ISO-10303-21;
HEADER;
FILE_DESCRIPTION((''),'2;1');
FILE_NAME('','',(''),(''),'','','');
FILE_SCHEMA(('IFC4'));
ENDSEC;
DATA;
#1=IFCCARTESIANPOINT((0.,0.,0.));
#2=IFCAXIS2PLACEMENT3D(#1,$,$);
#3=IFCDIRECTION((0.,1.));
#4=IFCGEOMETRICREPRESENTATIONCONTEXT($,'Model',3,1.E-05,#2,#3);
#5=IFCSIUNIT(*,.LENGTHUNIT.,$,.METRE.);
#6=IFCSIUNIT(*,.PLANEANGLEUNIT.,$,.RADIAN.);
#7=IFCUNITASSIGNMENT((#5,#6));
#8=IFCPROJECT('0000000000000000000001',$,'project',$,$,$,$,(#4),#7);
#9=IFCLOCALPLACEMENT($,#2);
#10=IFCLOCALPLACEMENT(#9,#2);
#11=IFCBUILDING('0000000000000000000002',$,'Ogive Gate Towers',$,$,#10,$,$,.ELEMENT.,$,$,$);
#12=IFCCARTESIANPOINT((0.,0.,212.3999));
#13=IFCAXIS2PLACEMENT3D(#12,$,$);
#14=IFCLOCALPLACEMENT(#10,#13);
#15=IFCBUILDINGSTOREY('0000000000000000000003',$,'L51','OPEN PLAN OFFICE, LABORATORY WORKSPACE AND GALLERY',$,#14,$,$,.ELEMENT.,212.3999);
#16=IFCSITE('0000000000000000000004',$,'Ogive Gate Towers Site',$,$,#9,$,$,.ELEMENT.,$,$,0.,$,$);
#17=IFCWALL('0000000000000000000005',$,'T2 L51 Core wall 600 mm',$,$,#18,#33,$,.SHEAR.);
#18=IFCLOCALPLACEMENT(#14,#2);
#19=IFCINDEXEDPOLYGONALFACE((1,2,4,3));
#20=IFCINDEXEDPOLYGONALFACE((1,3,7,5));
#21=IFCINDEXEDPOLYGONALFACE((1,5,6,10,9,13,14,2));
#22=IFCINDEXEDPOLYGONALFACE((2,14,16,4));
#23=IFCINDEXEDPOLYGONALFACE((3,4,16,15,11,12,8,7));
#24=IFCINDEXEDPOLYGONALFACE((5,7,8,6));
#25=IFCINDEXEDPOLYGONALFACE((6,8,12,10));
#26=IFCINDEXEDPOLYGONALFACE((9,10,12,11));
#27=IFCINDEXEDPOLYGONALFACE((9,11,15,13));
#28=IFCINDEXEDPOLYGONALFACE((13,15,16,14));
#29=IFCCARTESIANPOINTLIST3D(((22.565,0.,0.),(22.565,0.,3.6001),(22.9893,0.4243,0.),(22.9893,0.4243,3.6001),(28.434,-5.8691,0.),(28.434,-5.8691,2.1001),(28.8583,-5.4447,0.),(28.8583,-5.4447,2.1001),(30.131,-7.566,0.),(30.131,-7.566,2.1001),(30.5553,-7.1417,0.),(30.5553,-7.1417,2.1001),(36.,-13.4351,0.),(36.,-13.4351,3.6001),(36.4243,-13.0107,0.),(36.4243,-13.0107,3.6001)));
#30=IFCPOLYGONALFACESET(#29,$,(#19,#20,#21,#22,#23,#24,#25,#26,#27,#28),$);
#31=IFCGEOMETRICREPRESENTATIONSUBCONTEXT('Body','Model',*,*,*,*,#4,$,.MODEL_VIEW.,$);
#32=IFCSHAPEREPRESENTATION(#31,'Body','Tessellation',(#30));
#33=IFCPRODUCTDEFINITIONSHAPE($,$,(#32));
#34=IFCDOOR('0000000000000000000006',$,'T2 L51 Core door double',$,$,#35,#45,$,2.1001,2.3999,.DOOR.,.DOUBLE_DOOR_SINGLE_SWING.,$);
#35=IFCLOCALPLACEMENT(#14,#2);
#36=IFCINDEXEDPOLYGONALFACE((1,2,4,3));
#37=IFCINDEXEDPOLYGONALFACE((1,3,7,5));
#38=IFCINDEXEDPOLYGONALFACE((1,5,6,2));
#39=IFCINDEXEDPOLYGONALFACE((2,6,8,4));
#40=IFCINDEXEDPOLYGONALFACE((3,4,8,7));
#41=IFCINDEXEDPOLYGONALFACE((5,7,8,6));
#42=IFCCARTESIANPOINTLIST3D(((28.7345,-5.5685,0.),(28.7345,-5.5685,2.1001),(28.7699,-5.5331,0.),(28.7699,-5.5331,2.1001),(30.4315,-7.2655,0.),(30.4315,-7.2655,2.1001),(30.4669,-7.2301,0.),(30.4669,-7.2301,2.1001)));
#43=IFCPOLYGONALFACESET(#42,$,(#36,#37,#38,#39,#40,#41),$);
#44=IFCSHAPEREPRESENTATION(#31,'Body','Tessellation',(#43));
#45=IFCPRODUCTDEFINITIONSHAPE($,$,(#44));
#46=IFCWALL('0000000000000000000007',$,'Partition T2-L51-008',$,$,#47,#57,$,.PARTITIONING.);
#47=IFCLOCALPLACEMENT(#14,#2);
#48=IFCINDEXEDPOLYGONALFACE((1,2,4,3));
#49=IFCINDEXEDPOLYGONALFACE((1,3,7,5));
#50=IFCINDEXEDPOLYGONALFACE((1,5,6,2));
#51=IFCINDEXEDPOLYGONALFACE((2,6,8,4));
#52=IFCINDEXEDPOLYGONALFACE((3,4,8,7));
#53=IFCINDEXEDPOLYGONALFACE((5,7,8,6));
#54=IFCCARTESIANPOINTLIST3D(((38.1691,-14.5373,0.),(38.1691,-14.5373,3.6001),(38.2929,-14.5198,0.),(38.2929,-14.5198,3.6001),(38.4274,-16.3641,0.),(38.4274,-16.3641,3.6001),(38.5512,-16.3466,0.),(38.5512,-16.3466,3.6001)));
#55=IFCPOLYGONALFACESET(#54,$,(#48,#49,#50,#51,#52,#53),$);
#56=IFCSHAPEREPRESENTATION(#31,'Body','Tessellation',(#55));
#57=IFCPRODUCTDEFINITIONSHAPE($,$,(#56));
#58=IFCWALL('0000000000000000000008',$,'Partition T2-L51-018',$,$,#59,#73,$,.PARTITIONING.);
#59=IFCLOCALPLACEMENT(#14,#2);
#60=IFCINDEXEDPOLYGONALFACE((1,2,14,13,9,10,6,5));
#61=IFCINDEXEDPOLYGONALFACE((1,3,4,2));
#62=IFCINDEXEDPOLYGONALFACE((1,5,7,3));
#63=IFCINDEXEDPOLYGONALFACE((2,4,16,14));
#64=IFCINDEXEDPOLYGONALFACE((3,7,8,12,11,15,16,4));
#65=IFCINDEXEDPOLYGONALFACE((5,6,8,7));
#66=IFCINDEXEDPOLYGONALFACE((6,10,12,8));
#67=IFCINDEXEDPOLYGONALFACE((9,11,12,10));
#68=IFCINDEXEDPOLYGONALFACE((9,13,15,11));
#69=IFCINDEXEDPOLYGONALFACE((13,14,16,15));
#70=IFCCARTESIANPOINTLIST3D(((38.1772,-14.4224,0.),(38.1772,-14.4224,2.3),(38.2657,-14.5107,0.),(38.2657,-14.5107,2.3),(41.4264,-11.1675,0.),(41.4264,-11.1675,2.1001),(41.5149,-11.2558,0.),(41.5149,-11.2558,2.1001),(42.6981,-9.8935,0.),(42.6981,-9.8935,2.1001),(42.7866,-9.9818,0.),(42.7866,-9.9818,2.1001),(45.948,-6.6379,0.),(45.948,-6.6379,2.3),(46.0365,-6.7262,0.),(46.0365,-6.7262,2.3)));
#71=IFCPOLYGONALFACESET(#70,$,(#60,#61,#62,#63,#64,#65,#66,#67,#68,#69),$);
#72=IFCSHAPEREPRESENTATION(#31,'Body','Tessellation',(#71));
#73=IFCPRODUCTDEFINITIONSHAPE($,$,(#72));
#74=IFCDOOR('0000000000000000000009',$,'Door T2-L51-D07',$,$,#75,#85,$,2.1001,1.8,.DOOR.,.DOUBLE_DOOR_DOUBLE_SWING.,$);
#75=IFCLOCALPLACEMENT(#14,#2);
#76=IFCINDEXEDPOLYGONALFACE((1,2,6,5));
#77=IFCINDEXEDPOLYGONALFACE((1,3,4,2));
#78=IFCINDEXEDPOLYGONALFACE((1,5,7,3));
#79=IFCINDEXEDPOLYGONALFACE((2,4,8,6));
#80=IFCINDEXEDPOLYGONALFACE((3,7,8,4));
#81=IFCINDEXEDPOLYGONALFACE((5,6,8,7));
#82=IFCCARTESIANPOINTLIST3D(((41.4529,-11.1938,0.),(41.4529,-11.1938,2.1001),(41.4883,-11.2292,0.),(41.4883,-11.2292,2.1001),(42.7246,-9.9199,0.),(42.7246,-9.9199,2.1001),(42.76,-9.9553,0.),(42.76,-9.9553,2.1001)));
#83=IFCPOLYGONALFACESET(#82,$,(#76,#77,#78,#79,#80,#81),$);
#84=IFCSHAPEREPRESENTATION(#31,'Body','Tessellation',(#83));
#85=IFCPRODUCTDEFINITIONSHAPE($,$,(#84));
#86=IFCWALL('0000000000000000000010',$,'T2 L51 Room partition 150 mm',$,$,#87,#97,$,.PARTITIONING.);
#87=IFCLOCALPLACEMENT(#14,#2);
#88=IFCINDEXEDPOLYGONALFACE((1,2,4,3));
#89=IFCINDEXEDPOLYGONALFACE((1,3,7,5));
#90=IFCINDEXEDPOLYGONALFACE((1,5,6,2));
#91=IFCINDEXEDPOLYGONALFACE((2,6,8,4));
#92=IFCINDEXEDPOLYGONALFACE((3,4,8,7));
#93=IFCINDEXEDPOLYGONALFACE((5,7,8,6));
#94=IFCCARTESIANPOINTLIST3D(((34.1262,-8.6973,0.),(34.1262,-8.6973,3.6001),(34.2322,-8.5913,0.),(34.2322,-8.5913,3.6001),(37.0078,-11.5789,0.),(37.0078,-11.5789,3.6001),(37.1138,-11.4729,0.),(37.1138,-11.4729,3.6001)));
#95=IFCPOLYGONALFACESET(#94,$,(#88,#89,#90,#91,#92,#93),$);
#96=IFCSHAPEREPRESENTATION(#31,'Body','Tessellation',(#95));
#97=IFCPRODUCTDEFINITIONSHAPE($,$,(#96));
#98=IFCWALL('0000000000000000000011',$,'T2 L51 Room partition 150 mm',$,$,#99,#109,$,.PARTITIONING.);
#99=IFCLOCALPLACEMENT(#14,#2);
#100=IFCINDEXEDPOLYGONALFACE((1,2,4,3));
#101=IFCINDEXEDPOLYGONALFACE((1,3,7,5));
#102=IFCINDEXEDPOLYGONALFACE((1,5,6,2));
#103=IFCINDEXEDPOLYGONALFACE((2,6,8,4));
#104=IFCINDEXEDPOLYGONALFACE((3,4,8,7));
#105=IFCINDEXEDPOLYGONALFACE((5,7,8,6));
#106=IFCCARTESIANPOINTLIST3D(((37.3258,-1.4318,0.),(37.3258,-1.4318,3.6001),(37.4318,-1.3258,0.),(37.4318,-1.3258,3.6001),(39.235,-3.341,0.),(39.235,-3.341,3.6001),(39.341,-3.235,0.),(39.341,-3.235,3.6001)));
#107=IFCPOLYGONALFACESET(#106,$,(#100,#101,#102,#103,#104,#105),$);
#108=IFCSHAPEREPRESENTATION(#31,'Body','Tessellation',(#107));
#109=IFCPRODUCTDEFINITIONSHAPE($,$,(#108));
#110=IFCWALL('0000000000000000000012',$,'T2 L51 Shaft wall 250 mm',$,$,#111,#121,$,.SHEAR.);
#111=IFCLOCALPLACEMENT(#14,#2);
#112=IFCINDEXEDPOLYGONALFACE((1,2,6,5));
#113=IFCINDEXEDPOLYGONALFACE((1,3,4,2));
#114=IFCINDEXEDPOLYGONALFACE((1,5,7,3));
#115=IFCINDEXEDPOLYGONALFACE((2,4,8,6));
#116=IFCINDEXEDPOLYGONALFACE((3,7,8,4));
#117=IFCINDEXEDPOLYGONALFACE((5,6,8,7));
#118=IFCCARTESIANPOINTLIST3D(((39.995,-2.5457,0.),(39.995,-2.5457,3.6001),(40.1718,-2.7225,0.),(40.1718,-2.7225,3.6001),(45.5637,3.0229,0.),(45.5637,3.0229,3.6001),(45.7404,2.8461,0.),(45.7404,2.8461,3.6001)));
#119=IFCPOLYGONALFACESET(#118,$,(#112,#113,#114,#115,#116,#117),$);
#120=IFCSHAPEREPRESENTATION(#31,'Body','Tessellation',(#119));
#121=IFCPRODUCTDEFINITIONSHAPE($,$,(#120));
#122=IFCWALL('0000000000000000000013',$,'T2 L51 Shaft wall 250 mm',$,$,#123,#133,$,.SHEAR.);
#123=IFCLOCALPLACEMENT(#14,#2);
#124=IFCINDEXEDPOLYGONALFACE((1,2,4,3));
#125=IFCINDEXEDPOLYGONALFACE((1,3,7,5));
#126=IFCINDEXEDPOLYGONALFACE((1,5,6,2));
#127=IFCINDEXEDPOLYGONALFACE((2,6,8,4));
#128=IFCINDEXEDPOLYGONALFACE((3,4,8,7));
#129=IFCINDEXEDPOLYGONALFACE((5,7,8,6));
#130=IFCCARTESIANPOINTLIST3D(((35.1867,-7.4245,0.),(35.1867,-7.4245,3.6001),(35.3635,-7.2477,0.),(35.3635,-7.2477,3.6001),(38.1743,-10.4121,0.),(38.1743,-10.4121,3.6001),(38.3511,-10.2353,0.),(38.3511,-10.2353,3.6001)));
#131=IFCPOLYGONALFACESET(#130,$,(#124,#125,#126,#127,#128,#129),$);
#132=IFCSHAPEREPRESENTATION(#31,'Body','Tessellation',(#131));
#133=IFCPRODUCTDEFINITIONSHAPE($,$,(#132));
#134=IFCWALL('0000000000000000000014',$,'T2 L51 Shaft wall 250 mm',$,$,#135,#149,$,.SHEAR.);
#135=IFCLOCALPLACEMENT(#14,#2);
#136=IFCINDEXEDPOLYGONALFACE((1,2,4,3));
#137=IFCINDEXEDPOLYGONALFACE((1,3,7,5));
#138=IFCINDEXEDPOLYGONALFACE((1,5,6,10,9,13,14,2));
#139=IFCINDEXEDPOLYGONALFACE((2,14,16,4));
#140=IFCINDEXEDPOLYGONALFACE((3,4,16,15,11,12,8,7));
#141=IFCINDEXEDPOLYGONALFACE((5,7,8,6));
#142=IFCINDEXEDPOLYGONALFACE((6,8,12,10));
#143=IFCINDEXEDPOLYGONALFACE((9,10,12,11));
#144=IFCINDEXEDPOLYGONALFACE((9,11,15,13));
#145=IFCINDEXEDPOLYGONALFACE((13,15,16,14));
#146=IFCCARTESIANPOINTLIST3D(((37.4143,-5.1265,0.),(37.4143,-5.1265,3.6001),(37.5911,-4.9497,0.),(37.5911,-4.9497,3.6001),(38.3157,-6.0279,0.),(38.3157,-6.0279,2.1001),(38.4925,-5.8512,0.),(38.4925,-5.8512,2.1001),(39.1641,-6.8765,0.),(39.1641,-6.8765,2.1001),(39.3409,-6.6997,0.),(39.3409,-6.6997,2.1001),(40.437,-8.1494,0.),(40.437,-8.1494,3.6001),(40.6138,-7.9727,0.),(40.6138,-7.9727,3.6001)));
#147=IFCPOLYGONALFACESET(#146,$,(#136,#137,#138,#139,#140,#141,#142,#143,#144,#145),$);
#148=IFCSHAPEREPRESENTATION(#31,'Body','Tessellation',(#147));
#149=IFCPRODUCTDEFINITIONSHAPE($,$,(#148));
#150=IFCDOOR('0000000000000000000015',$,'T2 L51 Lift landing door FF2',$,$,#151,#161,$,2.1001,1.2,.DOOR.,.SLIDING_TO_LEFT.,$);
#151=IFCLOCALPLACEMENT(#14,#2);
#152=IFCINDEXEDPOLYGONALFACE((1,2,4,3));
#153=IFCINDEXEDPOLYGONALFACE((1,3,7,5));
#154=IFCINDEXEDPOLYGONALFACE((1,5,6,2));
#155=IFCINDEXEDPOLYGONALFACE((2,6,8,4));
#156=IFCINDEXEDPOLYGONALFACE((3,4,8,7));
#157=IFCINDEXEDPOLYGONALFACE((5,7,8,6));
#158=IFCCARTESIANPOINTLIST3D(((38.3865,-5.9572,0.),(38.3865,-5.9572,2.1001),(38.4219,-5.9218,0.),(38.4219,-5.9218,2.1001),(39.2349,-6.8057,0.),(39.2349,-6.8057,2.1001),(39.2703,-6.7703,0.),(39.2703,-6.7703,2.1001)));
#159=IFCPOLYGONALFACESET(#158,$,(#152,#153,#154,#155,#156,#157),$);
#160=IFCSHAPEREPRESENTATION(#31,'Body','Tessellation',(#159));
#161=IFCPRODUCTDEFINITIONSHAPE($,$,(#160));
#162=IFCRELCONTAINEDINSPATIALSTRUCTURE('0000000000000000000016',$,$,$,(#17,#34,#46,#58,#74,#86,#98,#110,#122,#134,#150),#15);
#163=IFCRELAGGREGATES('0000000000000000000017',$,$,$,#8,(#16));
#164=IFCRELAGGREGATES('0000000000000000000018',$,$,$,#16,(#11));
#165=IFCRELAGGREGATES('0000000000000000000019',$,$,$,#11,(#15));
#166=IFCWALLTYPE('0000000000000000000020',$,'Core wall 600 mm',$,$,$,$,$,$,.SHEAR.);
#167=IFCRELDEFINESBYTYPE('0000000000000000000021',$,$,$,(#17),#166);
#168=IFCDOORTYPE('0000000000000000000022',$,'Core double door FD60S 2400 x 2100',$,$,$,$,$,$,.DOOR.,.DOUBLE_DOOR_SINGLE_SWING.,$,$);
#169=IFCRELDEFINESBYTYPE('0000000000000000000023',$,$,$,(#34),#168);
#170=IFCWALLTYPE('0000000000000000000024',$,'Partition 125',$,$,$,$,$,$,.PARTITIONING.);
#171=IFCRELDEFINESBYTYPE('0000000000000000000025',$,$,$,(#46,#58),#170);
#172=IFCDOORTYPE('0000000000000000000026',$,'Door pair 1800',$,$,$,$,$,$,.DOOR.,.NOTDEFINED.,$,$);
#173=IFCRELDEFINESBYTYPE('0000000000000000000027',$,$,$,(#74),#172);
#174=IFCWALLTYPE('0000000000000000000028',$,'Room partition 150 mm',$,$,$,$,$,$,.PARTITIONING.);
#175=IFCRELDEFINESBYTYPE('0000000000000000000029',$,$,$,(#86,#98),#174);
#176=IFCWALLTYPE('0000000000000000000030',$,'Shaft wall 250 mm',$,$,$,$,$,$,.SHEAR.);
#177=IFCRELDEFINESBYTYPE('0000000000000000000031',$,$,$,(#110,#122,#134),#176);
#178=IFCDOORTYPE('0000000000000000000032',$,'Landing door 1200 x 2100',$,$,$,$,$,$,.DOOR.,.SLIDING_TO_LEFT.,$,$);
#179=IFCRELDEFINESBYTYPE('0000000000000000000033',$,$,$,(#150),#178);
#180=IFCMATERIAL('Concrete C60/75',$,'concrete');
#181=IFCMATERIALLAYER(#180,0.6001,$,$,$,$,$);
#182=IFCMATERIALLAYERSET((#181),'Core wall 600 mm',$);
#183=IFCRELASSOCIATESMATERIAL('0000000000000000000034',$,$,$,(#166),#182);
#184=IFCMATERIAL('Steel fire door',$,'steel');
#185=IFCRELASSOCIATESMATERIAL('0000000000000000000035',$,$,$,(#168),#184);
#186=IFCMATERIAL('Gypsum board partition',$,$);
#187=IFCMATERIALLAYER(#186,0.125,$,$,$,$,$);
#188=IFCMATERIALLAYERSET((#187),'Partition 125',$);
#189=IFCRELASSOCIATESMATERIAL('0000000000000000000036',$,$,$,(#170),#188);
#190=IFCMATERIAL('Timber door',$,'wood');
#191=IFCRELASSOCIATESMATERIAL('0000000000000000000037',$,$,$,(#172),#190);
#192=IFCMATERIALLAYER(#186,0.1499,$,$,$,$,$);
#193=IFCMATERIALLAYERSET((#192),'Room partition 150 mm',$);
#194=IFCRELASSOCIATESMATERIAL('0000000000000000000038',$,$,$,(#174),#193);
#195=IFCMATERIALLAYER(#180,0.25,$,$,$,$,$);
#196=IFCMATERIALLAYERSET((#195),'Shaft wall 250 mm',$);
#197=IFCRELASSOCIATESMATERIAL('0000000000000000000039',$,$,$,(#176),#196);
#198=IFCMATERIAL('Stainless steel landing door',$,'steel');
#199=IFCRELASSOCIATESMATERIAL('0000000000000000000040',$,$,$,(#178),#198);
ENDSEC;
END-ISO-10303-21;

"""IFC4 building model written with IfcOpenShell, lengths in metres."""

from ifc_helpers import new_model, si_unit, direction, frame, frame_2d, origin, place, context, subcontext, project, spatial, rectangle, extrude, material, layer, layer_set, type_object, element, fill, save


model = new_model("IFC4")

# Units and contexts
model_context = context("Model", 3, precision=1e-05, world=origin(), true_north=direction((0.0, 1.0)))
body_context = subcontext(model_context, "Body", "Model", "MODEL_VIEW")
ifc_project = project(units=[si_unit("LENGTHUNIT", "METRE"), si_unit("PLANEANGLEUNIT", "RADIAN")], contexts=[model_context])

# Site, building, storey
site_placement = place(None, origin())
site = spatial("IfcSite", under=ifc_project, at=site_placement, Name="Ogive Gate Towers Site", CompositionType="ELEMENT", RefElevation=0.0)
building_placement = place(site_placement, origin())
building = spatial("IfcBuilding", under=site, at=building_placement, Name="Ogive Gate Towers", CompositionType="ELEMENT")
storey_placement = place(building_placement, frame((0.0, 0.0, 212.3999)))
storey = spatial("IfcBuildingStorey", under=building, at=storey_placement, Name="L51", Description="OPEN PLAN OFFICE, LABORATORY WORKSPACE AND GALLERY", CompositionType="ELEMENT", Elevation=212.3999)

# Shared definitions
ifc_material_1 = material(Name="Concrete C60/75", Category="concrete")
ifc_layer_1 = layer(ifc_material_1, 0.6001)
ifc_layer_set_1 = layer_set([ifc_layer_1], Name="Core wall 600 mm")
wall_type_1 = type_object("IfcWallType", Name="Core wall 600 mm", PredefinedType="SHEAR", material=ifc_layer_set_1)
ifc_material_2 = material(Name="Timber door", Category="wood")
ifc_material_3 = material(Name="Steel fire door", Category="steel")

# Wall, opening, door
wall_1_placement = place(storey_placement, frame((36.2122, -13.2229, 0.0), z_axis=(0.0, 0.0, 1.0), x_axis=(-0.707107, 0.707107, 0.0)))
wall_1 = element("IfcWall", 1, at=wall_1_placement, inside=storey, type_object=wall_type_1, Name="T2 L51 Core wall 600 mm", PredefinedType="SHEAR", context=body_context, shape_type="SweptSolid", body=[
    extrude(rectangle(XDim=19.0, YDim=0.6001, at=frame_2d((9.5, 0.0))), origin(), (0.0, 0.0, 1.0), 3.6001),
])
opening_1_placement = place(wall_1_placement, frame((8.3, 0.0, 0.0)))
opening_1 = element("IfcOpeningElement", 2, at=opening_1_placement, cuts=wall_1, PredefinedType="OPENING", context=body_context, shape_type="SweptSolid", body=[
    extrude(rectangle(XDim=2.3999, YDim=2.1001, at=frame_2d((1.2, 1.05))), frame((0.0, 0.3101, 0.0), z_axis=(0.0, -1.0, 0.0), x_axis=(1.0, 0.0, 0.0)), (0.0, 0.0, 1.0), 0.6201),
])
door_type_1 = type_object("IfcDoorType", Name="Core double door FD60S 2400 x 2100", OperationType="DOUBLE_DOOR_SINGLE_SWING", PredefinedType="DOOR", material=ifc_material_3)
door_1_placement = place(opening_1_placement, origin())
door_1 = element("IfcDoor", 3, at=door_1_placement, inside=storey, type_object=door_type_1, Name="T2 L51 Core door double", OperationType="DOUBLE_DOOR_SINGLE_SWING", OverallHeight=2.1001, OverallWidth=2.3999, PredefinedType="DOOR", context=body_context, shape_type="SweptSolid", body=[
    extrude(rectangle(XDim=2.3999, YDim=2.1001, at=frame_2d((1.2, 1.05))), frame((0.0, -0.125, 0.0), z_axis=(0.0, -1.0, 0.0), x_axis=(1.0, 0.0, 0.0)), (0.0, 0.0, 1.0), 0.05),
])
fill(opening_1, door_1)

# Wall
ifc_material_4 = material(Name="Gypsum board partition")
ifc_layer_2 = layer(ifc_material_4, 0.125)
ifc_layer_set_2 = layer_set([ifc_layer_2], Name="Partition 125")
wall_type_2 = type_object("IfcWallType", Name="Partition 125", PredefinedType="PARTITIONING", material=ifc_layer_set_2)
wall_2_placement = place(storey_placement, frame((38.4893, -16.3552, 0.0), z_axis=(0.0, 0.0, 1.0), x_axis=(-0.139995, 0.990152, 0.0)))
element("IfcWall", 4, at=wall_2_placement, inside=storey, type_object=wall_type_2, Name="Partition T2-L51-008", PredefinedType="PARTITIONING", context=body_context, shape_type="SweptSolid", body=[
    extrude(rectangle(XDim=1.845, YDim=0.125, at=frame_2d((0.9224, 0.0))), origin(), (0.0, 0.0, 1.0), 3.6001),
])

# Wall, opening, door
wall_3_placement = place(storey_placement, frame((45.9922, -6.6821, 0.0), z_axis=(0.0, 0.0, 1.0), x_axis=(-0.706485, -0.707728, 0.0)))
wall_3 = element("IfcWall", 5, at=wall_3_placement, inside=storey, type_object=wall_type_2, Name="Partition T2-L51-018", PredefinedType="PARTITIONING", context=body_context, shape_type="SweptSolid", body=[
    extrude(rectangle(XDim=10.9993, YDim=0.125, at=frame_2d((5.4995, 0.0))), origin(), (0.0, 0.0, 1.0), 2.3),
])
opening_2_placement = place(wall_3_placement, frame((4.6001, 0.0, 0.0)))
opening_2 = element("IfcOpeningElement", 6, at=opening_2_placement, cuts=wall_3, PredefinedType="OPENING", context=body_context, shape_type="SweptSolid", body=[
    extrude(rectangle(XDim=1.8, YDim=2.1001, at=frame_2d((0.8999, 1.05))), frame((0.0, 0.0725, 0.0), z_axis=(0.0, -1.0, 0.0), x_axis=(1.0, 0.0, 0.0)), (0.0, 0.0, 1.0), 0.145),
])
door_type_2 = type_object("IfcDoorType", Name="Door pair 1800", OperationType="NOTDEFINED", PredefinedType="DOOR", material=ifc_material_2)
door_2_placement = place(opening_2_placement, origin())
door_2 = element("IfcDoor", 7, at=door_2_placement, inside=storey, type_object=door_type_2, Name="Door T2-L51-D07", OperationType="DOUBLE_DOOR_DOUBLE_SWING", OverallHeight=2.1001, OverallWidth=1.8, PredefinedType="DOOR", context=body_context, shape_type="SweptSolid", body=[
    extrude(rectangle(XDim=1.8, YDim=2.1001, at=frame_2d((0.8999, 1.05))), frame((0.0, 0.0249, 0.0), z_axis=(0.0, -1.0, 0.0), x_axis=(1.0, 0.0, 0.0)), (0.0, 0.0, 1.0), 0.05),
])
fill(opening_2, door_2)

# Walls
ifc_layer_3 = layer(ifc_material_4, 0.1499)
ifc_layer_set_3 = layer_set([ifc_layer_3], Name="Room partition 150 mm")
wall_type_3 = type_object("IfcWallType", Name="Room partition 150 mm", PredefinedType="PARTITIONING", material=ifc_layer_set_3)
wall_4_placement = place(storey_placement, frame((37.0608, -11.5259, 0.0), z_axis=(0.0, 0.0, 1.0), x_axis=(-0.707107, 0.707107, 0.0)))
element("IfcWall", 8, at=wall_4_placement, inside=storey, type_object=wall_type_3, Name="T2 L51 Room partition 150 mm", PredefinedType="PARTITIONING", context=body_context, shape_type="SweptSolid", body=[
    extrude(rectangle(XDim=4.0752, YDim=0.1499, at=frame_2d((2.0376, 0.0))), origin(), (0.0, 0.0, 1.0), 3.6001),
])
wall_5_placement = place(storey_placement, frame((39.2881, -3.2881, 0.0), z_axis=(0.0, 0.0, 1.0), x_axis=(-0.707107, 0.707107, 0.0)))
element("IfcWall", 9, at=wall_5_placement, inside=storey, type_object=wall_type_3, Name="T2 L51 Room partition 150 mm", PredefinedType="PARTITIONING", context=body_context, shape_type="SweptSolid", body=[
    extrude(rectangle(XDim=2.7, YDim=0.1499, at=frame_2d((1.3501, 0.0))), origin(), (0.0, 0.0, 1.0), 3.6001),
])
ifc_layer_4 = layer(ifc_material_1, 0.25)
ifc_layer_set_4 = layer_set([ifc_layer_4], Name="Shaft wall 250 mm")
wall_type_4 = type_object("IfcWallType", Name="Shaft wall 250 mm", PredefinedType="SHEAR", material=ifc_layer_set_4)
wall_6_placement = place(storey_placement, frame((40.0835, -2.634, 0.0), z_axis=(0.0, 0.0, 1.0), x_axis=(0.707107, 0.707107, 0.0)))
element("IfcWall", 10, at=wall_6_placement, inside=storey, type_object=wall_type_4, Name="T2 L51 Shaft wall 250 mm", PredefinedType="SHEAR", context=body_context, shape_type="SweptSolid", body=[
    extrude(rectangle(XDim=7.8752, YDim=0.25, at=frame_2d((3.9375, 0.0))), origin(), (0.0, 0.0, 1.0), 3.6001),
])
wall_7_placement = place(storey_placement, frame((38.2627, -10.3237, 0.0), z_axis=(0.0, 0.0, 1.0), x_axis=(-0.707107, 0.707107, 0.0)))
element("IfcWall", 11, at=wall_7_placement, inside=storey, type_object=wall_type_4, Name="T2 L51 Shaft wall 250 mm", PredefinedType="SHEAR", context=body_context, shape_type="SweptSolid", body=[
    extrude(rectangle(XDim=4.2251, YDim=0.25, at=frame_2d((2.1125, 0.0))), origin(), (0.0, 0.0, 1.0), 3.6001),
])

# Wall, opening, door
wall_8_placement = place(storey_placement, frame((40.5254, -8.061, 0.0), z_axis=(0.0, 0.0, 1.0), x_axis=(-0.707078, 0.707135, 0.0)))
wall_8 = element("IfcWall", 12, at=wall_8_placement, inside=storey, type_object=wall_type_4, Name="T2 L51 Shaft wall 250 mm", PredefinedType="SHEAR", context=body_context, shape_type="SweptSolid", body=[
    extrude(rectangle(XDim=4.2749, YDim=0.25, at=frame_2d((2.1375, 0.0))), origin(), (0.0, 0.0, 1.0), 3.6001),
])
opening_3_placement = place(wall_8_placement, frame((1.8, 0.0, 0.0)))
opening_3 = element("IfcOpeningElement", 13, at=opening_3_placement, cuts=wall_8, PredefinedType="OPENING", context=body_context, shape_type="SweptSolid", body=[
    extrude(rectangle(XDim=1.2, YDim=2.1001, at=frame_2d((0.6001, 1.05))), frame((0.0, 0.135, 0.0), z_axis=(0.0, -1.0, 0.0), x_axis=(1.0, 0.0, 0.0)), (0.0, 0.0, 1.0), 0.27),
])
ifc_material_5 = material(Name="Stainless steel landing door", Category="steel")
door_type_3 = type_object("IfcDoorType", Name="Landing door 1200 x 2100", OperationType="SLIDING_TO_LEFT", PredefinedType="DOOR", material=ifc_material_5)
door_3_placement = place(opening_3_placement, origin())
door_3 = element("IfcDoor", 14, at=door_3_placement, inside=storey, type_object=door_type_3, Name="T2 L51 Lift landing door FF2", OperationType="SLIDING_TO_LEFT", OverallHeight=2.1001, OverallWidth=1.2, PredefinedType="DOOR", context=body_context, shape_type="SweptSolid", body=[
    extrude(rectangle(XDim=1.2, YDim=2.1001, at=frame_2d((0.6001, 1.05))), frame((0.0, 0.0249, 0.0), z_axis=(0.0, -1.0, 0.0), x_axis=(1.0, 0.0, 0.0)), (0.0, 0.0, 1.0), 0.05),
])
fill(opening_3, door_3)

save(model, "model.ifc")
